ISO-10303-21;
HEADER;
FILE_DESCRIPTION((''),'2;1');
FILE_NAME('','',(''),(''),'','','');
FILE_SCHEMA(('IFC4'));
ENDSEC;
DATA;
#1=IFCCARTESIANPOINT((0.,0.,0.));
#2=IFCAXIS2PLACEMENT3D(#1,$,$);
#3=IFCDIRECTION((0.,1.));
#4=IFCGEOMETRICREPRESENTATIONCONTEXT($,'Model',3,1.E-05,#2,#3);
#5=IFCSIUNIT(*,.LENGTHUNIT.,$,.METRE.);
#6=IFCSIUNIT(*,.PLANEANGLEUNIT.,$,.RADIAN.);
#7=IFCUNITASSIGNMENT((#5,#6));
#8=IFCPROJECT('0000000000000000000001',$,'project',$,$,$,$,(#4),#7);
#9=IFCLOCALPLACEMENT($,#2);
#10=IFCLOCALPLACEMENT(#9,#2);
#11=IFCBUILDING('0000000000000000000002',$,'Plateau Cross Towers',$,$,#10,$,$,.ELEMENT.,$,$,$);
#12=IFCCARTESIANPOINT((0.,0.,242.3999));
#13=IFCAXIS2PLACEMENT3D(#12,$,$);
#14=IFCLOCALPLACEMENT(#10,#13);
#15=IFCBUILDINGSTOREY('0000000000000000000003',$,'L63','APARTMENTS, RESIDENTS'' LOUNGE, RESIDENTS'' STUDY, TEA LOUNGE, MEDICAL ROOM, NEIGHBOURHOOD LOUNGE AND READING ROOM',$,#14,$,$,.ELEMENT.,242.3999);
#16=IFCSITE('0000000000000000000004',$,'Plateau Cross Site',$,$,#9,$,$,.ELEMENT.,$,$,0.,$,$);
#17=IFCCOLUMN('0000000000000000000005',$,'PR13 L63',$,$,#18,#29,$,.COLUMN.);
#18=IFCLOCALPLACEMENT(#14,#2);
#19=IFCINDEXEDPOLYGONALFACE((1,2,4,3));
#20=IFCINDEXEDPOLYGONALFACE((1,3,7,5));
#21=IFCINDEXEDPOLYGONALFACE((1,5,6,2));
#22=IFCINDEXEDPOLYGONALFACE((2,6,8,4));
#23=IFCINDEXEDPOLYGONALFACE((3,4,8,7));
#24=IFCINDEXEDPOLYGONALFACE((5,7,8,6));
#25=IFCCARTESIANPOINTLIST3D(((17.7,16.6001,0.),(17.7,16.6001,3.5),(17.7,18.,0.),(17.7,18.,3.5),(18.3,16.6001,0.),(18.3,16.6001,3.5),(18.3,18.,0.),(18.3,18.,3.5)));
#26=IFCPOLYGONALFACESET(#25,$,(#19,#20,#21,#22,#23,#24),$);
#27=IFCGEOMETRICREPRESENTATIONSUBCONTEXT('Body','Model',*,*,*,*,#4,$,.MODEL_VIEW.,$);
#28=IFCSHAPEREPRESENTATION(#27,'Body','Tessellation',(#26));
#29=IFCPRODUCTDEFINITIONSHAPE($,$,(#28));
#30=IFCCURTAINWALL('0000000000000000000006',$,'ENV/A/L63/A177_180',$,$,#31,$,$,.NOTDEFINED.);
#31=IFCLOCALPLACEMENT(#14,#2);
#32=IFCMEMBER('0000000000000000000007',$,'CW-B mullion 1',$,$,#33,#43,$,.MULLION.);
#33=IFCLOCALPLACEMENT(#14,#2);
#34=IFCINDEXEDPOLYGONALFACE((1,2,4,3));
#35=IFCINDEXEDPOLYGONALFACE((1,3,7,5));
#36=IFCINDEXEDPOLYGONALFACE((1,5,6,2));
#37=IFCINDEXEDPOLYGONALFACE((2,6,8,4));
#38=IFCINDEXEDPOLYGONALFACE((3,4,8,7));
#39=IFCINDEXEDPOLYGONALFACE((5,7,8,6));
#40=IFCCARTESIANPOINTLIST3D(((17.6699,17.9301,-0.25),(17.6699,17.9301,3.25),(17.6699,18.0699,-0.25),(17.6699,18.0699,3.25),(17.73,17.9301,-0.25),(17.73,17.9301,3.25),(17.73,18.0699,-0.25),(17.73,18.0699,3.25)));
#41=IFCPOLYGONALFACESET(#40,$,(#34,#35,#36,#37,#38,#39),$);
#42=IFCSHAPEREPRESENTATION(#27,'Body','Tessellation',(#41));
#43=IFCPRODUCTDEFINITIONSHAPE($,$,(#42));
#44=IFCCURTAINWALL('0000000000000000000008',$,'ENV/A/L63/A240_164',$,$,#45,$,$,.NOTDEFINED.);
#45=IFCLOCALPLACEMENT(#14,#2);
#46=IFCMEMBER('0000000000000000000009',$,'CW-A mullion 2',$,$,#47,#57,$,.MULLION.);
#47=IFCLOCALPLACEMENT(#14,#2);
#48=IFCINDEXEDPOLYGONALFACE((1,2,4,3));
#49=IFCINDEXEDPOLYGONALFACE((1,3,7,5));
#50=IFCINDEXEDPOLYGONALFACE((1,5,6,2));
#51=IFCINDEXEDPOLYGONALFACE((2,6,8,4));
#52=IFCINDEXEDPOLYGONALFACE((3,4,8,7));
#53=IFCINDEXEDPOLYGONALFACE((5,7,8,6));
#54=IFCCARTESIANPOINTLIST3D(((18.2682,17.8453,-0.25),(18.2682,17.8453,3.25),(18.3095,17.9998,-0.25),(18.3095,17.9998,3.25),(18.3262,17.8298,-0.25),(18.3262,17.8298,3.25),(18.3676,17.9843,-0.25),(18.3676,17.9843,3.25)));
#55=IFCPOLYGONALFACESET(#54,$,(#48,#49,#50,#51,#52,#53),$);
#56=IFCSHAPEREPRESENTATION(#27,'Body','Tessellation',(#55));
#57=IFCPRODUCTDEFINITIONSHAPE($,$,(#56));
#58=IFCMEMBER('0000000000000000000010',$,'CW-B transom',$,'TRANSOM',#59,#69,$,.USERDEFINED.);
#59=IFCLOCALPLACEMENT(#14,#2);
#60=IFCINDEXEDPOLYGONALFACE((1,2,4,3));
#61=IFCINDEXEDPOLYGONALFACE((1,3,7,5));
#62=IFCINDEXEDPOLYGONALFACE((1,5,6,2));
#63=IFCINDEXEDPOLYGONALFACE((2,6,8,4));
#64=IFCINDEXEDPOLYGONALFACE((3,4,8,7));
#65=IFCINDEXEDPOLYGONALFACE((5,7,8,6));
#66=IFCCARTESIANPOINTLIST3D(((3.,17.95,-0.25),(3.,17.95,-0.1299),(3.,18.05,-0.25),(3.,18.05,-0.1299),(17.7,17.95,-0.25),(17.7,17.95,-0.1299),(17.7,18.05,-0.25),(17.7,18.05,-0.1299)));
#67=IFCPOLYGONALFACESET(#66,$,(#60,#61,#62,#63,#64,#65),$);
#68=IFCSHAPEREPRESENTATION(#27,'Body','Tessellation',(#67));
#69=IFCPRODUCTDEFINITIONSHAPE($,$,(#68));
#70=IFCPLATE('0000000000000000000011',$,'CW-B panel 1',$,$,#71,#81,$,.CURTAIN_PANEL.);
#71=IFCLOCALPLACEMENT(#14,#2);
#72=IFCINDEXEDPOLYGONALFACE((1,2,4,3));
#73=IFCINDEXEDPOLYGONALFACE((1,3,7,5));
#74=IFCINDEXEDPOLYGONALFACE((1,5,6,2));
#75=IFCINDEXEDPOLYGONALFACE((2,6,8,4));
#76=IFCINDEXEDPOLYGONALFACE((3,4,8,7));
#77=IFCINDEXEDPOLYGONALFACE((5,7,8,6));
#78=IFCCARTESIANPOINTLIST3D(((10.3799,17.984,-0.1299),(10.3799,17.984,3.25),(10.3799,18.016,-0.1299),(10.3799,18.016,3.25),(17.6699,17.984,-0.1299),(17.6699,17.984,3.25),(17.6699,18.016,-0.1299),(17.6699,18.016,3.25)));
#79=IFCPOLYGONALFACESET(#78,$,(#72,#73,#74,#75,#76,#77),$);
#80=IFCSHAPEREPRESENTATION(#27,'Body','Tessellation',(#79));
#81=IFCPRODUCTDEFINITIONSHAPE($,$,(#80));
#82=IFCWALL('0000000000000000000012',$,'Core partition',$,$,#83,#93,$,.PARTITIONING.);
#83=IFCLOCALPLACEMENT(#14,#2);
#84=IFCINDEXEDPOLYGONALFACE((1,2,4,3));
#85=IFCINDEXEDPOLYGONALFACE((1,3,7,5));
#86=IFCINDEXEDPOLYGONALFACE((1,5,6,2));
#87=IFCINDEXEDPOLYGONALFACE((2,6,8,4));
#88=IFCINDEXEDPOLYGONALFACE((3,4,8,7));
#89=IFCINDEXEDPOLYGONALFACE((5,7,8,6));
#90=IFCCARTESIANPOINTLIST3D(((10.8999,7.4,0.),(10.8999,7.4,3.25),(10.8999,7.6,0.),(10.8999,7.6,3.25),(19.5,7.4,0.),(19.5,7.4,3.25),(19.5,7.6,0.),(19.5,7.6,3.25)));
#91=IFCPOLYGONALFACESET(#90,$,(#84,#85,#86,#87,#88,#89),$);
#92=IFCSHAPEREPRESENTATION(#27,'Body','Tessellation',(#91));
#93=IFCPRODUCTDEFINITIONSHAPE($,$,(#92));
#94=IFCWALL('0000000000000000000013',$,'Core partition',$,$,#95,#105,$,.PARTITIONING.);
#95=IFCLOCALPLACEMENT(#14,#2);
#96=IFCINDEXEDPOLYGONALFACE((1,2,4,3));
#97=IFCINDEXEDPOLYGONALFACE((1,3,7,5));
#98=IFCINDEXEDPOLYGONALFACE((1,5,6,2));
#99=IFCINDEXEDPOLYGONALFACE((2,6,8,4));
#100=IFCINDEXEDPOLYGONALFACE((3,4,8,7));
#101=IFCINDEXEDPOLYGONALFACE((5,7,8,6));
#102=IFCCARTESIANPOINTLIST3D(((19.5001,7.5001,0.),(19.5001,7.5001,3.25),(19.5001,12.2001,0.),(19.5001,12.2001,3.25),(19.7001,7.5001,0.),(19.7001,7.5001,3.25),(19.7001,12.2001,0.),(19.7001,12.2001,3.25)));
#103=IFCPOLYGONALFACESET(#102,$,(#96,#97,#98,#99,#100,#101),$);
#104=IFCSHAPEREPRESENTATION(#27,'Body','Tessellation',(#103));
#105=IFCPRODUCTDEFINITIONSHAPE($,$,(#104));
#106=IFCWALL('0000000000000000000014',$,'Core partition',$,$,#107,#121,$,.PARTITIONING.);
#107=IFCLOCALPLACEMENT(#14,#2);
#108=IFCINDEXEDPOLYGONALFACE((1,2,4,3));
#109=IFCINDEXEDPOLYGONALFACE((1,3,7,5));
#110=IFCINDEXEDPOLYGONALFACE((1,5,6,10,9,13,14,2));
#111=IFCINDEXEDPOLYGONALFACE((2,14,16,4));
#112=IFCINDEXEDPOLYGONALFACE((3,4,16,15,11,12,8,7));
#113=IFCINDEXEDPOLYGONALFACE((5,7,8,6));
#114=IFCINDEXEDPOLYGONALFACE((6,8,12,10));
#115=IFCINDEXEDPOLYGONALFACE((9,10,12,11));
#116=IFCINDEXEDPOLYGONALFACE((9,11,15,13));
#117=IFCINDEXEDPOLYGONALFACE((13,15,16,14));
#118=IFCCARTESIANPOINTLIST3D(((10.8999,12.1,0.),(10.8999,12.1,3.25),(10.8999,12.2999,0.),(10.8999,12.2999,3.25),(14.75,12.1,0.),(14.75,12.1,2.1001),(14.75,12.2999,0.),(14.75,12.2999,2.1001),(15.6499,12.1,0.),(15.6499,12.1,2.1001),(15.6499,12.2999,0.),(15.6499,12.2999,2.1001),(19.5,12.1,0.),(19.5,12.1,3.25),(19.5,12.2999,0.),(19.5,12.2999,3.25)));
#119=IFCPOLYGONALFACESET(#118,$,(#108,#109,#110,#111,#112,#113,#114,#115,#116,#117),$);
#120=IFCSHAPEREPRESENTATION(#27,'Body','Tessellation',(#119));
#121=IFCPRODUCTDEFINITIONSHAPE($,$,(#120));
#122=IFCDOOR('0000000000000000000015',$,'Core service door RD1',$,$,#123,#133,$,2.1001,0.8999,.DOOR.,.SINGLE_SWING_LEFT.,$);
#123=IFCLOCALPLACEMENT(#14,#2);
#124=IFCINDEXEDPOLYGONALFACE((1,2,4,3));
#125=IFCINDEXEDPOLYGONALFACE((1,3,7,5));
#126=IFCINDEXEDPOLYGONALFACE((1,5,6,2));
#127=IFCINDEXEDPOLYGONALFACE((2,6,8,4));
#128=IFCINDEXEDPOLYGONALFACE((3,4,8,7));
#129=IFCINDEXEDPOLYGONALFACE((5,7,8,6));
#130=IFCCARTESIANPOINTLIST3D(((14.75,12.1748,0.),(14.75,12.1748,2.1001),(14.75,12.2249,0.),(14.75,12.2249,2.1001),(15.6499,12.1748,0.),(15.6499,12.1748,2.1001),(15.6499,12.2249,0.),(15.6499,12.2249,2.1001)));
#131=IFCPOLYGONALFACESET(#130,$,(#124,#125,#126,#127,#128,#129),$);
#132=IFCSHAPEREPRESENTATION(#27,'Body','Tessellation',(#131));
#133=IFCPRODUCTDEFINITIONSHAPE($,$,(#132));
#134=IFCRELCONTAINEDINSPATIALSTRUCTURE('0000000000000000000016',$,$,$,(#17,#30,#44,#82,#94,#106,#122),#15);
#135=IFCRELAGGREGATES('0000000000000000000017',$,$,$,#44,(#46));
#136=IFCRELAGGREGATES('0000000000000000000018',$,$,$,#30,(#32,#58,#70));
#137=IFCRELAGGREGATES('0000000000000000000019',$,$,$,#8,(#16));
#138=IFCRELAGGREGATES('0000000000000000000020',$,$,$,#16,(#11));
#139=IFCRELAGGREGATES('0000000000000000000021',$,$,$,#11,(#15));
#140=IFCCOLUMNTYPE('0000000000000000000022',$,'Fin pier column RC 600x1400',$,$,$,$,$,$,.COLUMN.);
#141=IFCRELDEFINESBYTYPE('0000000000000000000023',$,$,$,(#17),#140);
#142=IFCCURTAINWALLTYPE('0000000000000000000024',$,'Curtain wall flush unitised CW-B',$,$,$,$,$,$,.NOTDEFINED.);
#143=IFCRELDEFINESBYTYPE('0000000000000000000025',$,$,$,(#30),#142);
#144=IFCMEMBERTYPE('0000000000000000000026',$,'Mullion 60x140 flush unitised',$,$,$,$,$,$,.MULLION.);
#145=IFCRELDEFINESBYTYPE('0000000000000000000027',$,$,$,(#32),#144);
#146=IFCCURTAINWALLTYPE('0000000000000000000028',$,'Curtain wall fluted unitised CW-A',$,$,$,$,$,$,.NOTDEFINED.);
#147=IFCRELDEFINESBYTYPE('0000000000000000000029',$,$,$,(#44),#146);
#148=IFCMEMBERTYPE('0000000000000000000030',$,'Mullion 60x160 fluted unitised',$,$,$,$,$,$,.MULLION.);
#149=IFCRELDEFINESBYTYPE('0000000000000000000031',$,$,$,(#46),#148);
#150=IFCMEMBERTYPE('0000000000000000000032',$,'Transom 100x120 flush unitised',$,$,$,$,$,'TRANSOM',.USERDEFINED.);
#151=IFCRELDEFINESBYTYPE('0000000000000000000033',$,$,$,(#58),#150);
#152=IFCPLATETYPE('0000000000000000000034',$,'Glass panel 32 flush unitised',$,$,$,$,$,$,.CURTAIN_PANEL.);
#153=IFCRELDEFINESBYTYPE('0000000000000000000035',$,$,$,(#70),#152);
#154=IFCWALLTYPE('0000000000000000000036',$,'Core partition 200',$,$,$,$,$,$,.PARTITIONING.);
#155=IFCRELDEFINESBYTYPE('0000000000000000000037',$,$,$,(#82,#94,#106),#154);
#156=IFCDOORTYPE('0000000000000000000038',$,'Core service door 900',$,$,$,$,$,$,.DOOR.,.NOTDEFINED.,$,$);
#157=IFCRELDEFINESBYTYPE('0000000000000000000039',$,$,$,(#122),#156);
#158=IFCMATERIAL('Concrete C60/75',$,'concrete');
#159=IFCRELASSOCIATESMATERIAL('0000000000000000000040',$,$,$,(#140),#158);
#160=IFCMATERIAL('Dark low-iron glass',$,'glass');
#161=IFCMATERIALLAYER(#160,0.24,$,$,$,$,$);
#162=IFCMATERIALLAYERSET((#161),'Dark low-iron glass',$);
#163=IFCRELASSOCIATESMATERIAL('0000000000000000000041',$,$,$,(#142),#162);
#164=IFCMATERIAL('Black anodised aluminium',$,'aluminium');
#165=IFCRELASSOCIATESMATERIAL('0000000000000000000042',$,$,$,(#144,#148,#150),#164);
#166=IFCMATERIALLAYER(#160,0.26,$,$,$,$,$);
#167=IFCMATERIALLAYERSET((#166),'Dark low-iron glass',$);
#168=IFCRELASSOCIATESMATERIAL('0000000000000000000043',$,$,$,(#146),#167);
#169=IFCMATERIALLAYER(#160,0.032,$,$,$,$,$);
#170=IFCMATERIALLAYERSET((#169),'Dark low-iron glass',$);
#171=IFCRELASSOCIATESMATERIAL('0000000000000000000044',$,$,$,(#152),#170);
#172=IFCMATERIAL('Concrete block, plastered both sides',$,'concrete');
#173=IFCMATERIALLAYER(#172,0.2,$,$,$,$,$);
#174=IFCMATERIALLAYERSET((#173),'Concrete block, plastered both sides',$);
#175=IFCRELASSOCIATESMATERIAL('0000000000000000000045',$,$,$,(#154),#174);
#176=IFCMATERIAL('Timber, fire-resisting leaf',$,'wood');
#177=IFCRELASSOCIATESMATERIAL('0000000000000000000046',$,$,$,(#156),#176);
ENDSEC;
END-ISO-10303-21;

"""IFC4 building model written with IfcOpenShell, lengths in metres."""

from ifc_helpers import new_model, si_unit, direction, frame, frame_2d, origin, origin_2d, place, context, subcontext, project, spatial, rectangle, extrude, material, layer, layer_set, material_profile, profile_set, type_object, element, fill, aggregate, save


model = new_model("IFC4")

# Units and contexts
model_context = context("Model", 3, precision=1e-05, world=origin(), true_north=direction((0.0, 1.0)))
body_context = subcontext(model_context, "Body", "Model", "MODEL_VIEW")
ifc_project = project(units=[si_unit("LENGTHUNIT", "METRE"), si_unit("PLANEANGLEUNIT", "RADIAN")], contexts=[model_context])

# Site, building, storey
site_placement = place(None, origin())
site = spatial("IfcSite", under=ifc_project, at=site_placement, Name="Plateau Cross Site", CompositionType="ELEMENT", RefElevation=0.0)
building_placement = place(site_placement, origin())
building = spatial("IfcBuilding", under=site, at=building_placement, Name="Plateau Cross Towers", CompositionType="ELEMENT")
storey_placement = place(building_placement, frame((0.0, 0.0, 242.3999)))
storey = spatial("IfcBuildingStorey", under=building, at=storey_placement, Name="L63", Description="APARTMENTS, RESIDENTS' LOUNGE, RESIDENTS' STUDY, TEA LOUNGE, MEDICAL ROOM, NEIGHBOURHOOD LOUNGE AND READING ROOM", CompositionType="ELEMENT", Elevation=242.3999)

# Column
ifc_material_1 = material(Name="Concrete C60/75", Category="concrete")
ifc_material_profile_1 = material_profile(ifc_material_1, rectangle(XDim=0.6001, YDim=1.3999, at=origin_2d()), Name="RC 600x1400")
ifc_profile_set_1 = profile_set([ifc_material_profile_1], Name="Concrete C60/75")
column_type = type_object("IfcColumnType", Name="Fin pier column RC 600x1400", PredefinedType="COLUMN", material=ifc_profile_set_1)
column_placement = place(storey_placement, frame((18.0, 17.3, 0.0), z_axis=(0.0, 0.0, 1.0), x_axis=(1.0, 0.0, 0.0)))
element("IfcColumn", 1, at=column_placement, inside=storey, type_object=column_type, Name="PR13 L63", PredefinedType="COLUMN", context=body_context, shape_type="SweptSolid", body=[
    extrude(rectangle(XDim=0.6001, YDim=1.3999, at=origin_2d()), origin(), (0.0, 0.0, 1.0), 3.5),
])

# Curtain walls, members
ifc_material_2 = material(Name="Dark low-iron glass", Category="glass")
ifc_layer_1 = layer(ifc_material_2, 0.24)
ifc_layer_set_1 = layer_set([ifc_layer_1], Name="Dark low-iron glass")
curtain_wall_type_1 = type_object("IfcCurtainWallType", Name="Curtain wall flush unitised CW-B", PredefinedType="NOTDEFINED", material=ifc_layer_set_1)
curtain_wall_1_placement = place(storey_placement, origin())
curtain_wall_1 = element("IfcCurtainWall", 2, at=curtain_wall_1_placement, inside=storey, type_object=curtain_wall_type_1, Name="ENV/A/L63/A177_180", PredefinedType="NOTDEFINED")
ifc_material_3 = material(Name="Black anodised aluminium", Category="aluminium")
ifc_material_profile_2 = material_profile(ifc_material_3, rectangle(XDim=0.0601, YDim=0.1399, at=origin_2d()), Name="MULLION 60x140")
ifc_profile_set_2 = profile_set([ifc_material_profile_2], Name="Black anodised aluminium")
member_type_1 = type_object("IfcMemberType", Name="Mullion 60x140 flush unitised", PredefinedType="MULLION", material=ifc_profile_set_2)
member_1_placement = place(storey_placement, frame((17.7, 18.0, -0.25), z_axis=(0.0, 0.0, 1.0), x_axis=(-1.0, 0.0, 0.0)))
member_1 = element("IfcMember", 3, at=member_1_placement, type_object=member_type_1, Name="CW-B mullion 1", PredefinedType="MULLION", context=body_context, shape_type="SweptSolid", body=[
    extrude(rectangle(XDim=0.0601, YDim=0.1399, at=origin_2d()), origin(), (0.0, 0.0, 1.0), 3.5),
])
ifc_layer_2 = layer(ifc_material_2, 0.26)
ifc_layer_set_2 = layer_set([ifc_layer_2], Name="Dark low-iron glass")
curtain_wall_type_2 = type_object("IfcCurtainWallType", Name="Curtain wall fluted unitised CW-A", PredefinedType="NOTDEFINED", material=ifc_layer_set_2)
curtain_wall_2_placement = place(storey_placement, origin())
curtain_wall_2 = element("IfcCurtainWall", 4, at=curtain_wall_2_placement, inside=storey, type_object=curtain_wall_type_2, Name="ENV/A/L63/A240_164", PredefinedType="NOTDEFINED")
ifc_material_profile_3 = material_profile(ifc_material_3, rectangle(XDim=0.0601, YDim=0.1599, at=origin_2d()), Name="MULLION 60x160")
ifc_profile_set_3 = profile_set([ifc_material_profile_3], Name="Black anodised aluminium")
member_type_2 = type_object("IfcMemberType", Name="Mullion 60x160 fluted unitised", PredefinedType="MULLION", material=ifc_profile_set_3)
member_2_placement = place(storey_placement, frame((18.3179, 17.9148, -0.25), z_axis=(0.0, 0.0, 1.0), x_axis=(-0.965958, 0.258699, 0.0)))
member_2 = element("IfcMember", 5, at=member_2_placement, type_object=member_type_2, Name="CW-A mullion 2", PredefinedType="MULLION", context=body_context, shape_type="SweptSolid", body=[
    extrude(rectangle(XDim=0.0601, YDim=0.1599, at=origin_2d()), origin(), (0.0, 0.0, 1.0), 3.5),
])
aggregate(curtain_wall_2, [member_2])

# Member
ifc_material_profile_4 = material_profile(ifc_material_3, rectangle(XDim=0.1001, YDim=0.1201, at=origin_2d()), Name="TRANSOM 100x120")
ifc_profile_set_4 = profile_set([ifc_material_profile_4], Name="Black anodised aluminium")
member_type_3 = type_object("IfcMemberType", Name="Transom 100x120 flush unitised", ElementType="TRANSOM", PredefinedType="USERDEFINED", material=ifc_profile_set_4)
member_3_placement = place(storey_placement, frame((17.7, 18.0, -0.1899), z_axis=(-1.0, 0.0, 0.0), x_axis=(0.0, -1.0, 0.0)))
member_3 = element("IfcMember", 6, at=member_3_placement, type_object=member_type_3, Name="CW-B transom", ObjectType="TRANSOM", PredefinedType="USERDEFINED", context=body_context, shape_type="SweptSolid", body=[
    extrude(rectangle(XDim=0.1001, YDim=0.1201, at=origin_2d()), origin(), (0.0, 0.0, 1.0), 14.7),
])

# Plate
ifc_layer_3 = layer(ifc_material_2, 0.032)
ifc_layer_set_3 = layer_set([ifc_layer_3], Name="Dark low-iron glass")
plate_type = type_object("IfcPlateType", Name="Glass panel 32 flush unitised", PredefinedType="CURTAIN_PANEL", material=ifc_layer_set_3)
plate_placement = place(storey_placement, frame((14.0249, 18.0, -0.1299), z_axis=(0.0, 0.0, 1.0), x_axis=(-1.0, 0.0, 0.0)))
plate = element("IfcPlate", 7, at=plate_placement, type_object=plate_type, Name="CW-B panel 1", PredefinedType="CURTAIN_PANEL", context=body_context, shape_type="SweptSolid", body=[
    extrude(rectangle(XDim=7.29, YDim=0.032, at=origin_2d()), origin(), (0.0, 0.0, 1.0), 3.3799),
])
aggregate(curtain_wall_1, [member_1, member_3, plate])

# Walls
ifc_material_4 = material(Name="Concrete block, plastered both sides", Category="concrete")
ifc_layer_4 = layer(ifc_material_4, 0.2)
ifc_layer_set_4 = layer_set([ifc_layer_4], Name="Concrete block, plastered both sides")
wall_type_1 = type_object("IfcWallType", Name="Core partition 200", PredefinedType="PARTITIONING", material=ifc_layer_set_4)
wall_1_placement = place(storey_placement, frame((10.8999, 7.5, 0.0), z_axis=(0.0, 0.0, 1.0), x_axis=(1.0, 0.0, 0.0)))
element("IfcWall", 8, at=wall_1_placement, inside=storey, type_object=wall_type_1, Name="Core partition", PredefinedType="PARTITIONING", context=body_context, shape_type="SweptSolid", body=[
    extrude(rectangle(XDim=8.6001, YDim=0.2, at=frame_2d((4.3, 0.0))), origin(), (0.0, 0.0, 1.0), 3.25),
])
wall_2_placement = place(storey_placement, frame((19.6001, 7.5, 0.0), z_axis=(0.0, 0.0, 1.0), x_axis=(0.0, 1.0, 0.0)))
element("IfcWall", 9, at=wall_2_placement, inside=storey, type_object=wall_type_1, Name="Core partition", PredefinedType="PARTITIONING", context=body_context, shape_type="SweptSolid", body=[
    extrude(rectangle(XDim=4.7, YDim=0.2, at=frame_2d((2.3501, 0.0))), origin(), (0.0, 0.0, 1.0), 3.25),
])

# Wall, opening, door
wall_3_placement = place(storey_placement, frame((10.8999, 12.2, 0.0), z_axis=(0.0, 0.0, 1.0), x_axis=(1.0, 0.0, 0.0)))
wall_3 = element("IfcWall", 10, at=wall_3_placement, inside=storey, type_object=wall_type_1, Name="Core partition", PredefinedType="PARTITIONING", context=body_context, shape_type="SweptSolid", body=[
    extrude(rectangle(XDim=8.6001, YDim=0.2, at=frame_2d((4.3, 0.0))), origin(), (0.0, 0.0, 1.0), 3.25),
])
opening_1_placement = place(wall_3_placement, frame((3.8501, 0.0, 0.0)))
opening_1 = element("IfcOpeningElement", 11, at=opening_1_placement, cuts=wall_3, PredefinedType="OPENING", context=body_context, shape_type="SweptSolid", body=[
    extrude(rectangle(XDim=0.8999, YDim=2.1001, at=frame_2d((0.45, 1.05))), frame((0.0, 0.1099, 0.0), z_axis=(0.0, -1.0, 0.0), x_axis=(1.0, 0.0, 0.0)), (0.0, 0.0, 1.0), 0.22),
])
ifc_material_5 = material(Name="Timber, fire-resisting leaf", Category="wood")
door_type_1 = type_object("IfcDoorType", Name="Core service door 900", OperationType="NOTDEFINED", PredefinedType="DOOR", material=ifc_material_5)
door_1_placement = place(opening_1_placement, origin())
door_1 = element("IfcDoor", 12, at=door_1_placement, inside=storey, type_object=door_type_1, Name="Core service door RD1", OperationType="SINGLE_SWING_LEFT", OverallHeight=2.1001, OverallWidth=0.8999, PredefinedType="DOOR", context=body_context, shape_type="SweptSolid", body=[
    extrude(rectangle(XDim=0.8999, YDim=2.1001, at=frame_2d((0.45, 1.05))), frame((0.0, 0.0249, 0.0), z_axis=(0.0, -1.0, 0.0), x_axis=(1.0, 0.0, 0.0)), (0.0, 0.0, 1.0), 0.05),
])
fill(opening_1, door_1)

save(model, "model.ifc")
